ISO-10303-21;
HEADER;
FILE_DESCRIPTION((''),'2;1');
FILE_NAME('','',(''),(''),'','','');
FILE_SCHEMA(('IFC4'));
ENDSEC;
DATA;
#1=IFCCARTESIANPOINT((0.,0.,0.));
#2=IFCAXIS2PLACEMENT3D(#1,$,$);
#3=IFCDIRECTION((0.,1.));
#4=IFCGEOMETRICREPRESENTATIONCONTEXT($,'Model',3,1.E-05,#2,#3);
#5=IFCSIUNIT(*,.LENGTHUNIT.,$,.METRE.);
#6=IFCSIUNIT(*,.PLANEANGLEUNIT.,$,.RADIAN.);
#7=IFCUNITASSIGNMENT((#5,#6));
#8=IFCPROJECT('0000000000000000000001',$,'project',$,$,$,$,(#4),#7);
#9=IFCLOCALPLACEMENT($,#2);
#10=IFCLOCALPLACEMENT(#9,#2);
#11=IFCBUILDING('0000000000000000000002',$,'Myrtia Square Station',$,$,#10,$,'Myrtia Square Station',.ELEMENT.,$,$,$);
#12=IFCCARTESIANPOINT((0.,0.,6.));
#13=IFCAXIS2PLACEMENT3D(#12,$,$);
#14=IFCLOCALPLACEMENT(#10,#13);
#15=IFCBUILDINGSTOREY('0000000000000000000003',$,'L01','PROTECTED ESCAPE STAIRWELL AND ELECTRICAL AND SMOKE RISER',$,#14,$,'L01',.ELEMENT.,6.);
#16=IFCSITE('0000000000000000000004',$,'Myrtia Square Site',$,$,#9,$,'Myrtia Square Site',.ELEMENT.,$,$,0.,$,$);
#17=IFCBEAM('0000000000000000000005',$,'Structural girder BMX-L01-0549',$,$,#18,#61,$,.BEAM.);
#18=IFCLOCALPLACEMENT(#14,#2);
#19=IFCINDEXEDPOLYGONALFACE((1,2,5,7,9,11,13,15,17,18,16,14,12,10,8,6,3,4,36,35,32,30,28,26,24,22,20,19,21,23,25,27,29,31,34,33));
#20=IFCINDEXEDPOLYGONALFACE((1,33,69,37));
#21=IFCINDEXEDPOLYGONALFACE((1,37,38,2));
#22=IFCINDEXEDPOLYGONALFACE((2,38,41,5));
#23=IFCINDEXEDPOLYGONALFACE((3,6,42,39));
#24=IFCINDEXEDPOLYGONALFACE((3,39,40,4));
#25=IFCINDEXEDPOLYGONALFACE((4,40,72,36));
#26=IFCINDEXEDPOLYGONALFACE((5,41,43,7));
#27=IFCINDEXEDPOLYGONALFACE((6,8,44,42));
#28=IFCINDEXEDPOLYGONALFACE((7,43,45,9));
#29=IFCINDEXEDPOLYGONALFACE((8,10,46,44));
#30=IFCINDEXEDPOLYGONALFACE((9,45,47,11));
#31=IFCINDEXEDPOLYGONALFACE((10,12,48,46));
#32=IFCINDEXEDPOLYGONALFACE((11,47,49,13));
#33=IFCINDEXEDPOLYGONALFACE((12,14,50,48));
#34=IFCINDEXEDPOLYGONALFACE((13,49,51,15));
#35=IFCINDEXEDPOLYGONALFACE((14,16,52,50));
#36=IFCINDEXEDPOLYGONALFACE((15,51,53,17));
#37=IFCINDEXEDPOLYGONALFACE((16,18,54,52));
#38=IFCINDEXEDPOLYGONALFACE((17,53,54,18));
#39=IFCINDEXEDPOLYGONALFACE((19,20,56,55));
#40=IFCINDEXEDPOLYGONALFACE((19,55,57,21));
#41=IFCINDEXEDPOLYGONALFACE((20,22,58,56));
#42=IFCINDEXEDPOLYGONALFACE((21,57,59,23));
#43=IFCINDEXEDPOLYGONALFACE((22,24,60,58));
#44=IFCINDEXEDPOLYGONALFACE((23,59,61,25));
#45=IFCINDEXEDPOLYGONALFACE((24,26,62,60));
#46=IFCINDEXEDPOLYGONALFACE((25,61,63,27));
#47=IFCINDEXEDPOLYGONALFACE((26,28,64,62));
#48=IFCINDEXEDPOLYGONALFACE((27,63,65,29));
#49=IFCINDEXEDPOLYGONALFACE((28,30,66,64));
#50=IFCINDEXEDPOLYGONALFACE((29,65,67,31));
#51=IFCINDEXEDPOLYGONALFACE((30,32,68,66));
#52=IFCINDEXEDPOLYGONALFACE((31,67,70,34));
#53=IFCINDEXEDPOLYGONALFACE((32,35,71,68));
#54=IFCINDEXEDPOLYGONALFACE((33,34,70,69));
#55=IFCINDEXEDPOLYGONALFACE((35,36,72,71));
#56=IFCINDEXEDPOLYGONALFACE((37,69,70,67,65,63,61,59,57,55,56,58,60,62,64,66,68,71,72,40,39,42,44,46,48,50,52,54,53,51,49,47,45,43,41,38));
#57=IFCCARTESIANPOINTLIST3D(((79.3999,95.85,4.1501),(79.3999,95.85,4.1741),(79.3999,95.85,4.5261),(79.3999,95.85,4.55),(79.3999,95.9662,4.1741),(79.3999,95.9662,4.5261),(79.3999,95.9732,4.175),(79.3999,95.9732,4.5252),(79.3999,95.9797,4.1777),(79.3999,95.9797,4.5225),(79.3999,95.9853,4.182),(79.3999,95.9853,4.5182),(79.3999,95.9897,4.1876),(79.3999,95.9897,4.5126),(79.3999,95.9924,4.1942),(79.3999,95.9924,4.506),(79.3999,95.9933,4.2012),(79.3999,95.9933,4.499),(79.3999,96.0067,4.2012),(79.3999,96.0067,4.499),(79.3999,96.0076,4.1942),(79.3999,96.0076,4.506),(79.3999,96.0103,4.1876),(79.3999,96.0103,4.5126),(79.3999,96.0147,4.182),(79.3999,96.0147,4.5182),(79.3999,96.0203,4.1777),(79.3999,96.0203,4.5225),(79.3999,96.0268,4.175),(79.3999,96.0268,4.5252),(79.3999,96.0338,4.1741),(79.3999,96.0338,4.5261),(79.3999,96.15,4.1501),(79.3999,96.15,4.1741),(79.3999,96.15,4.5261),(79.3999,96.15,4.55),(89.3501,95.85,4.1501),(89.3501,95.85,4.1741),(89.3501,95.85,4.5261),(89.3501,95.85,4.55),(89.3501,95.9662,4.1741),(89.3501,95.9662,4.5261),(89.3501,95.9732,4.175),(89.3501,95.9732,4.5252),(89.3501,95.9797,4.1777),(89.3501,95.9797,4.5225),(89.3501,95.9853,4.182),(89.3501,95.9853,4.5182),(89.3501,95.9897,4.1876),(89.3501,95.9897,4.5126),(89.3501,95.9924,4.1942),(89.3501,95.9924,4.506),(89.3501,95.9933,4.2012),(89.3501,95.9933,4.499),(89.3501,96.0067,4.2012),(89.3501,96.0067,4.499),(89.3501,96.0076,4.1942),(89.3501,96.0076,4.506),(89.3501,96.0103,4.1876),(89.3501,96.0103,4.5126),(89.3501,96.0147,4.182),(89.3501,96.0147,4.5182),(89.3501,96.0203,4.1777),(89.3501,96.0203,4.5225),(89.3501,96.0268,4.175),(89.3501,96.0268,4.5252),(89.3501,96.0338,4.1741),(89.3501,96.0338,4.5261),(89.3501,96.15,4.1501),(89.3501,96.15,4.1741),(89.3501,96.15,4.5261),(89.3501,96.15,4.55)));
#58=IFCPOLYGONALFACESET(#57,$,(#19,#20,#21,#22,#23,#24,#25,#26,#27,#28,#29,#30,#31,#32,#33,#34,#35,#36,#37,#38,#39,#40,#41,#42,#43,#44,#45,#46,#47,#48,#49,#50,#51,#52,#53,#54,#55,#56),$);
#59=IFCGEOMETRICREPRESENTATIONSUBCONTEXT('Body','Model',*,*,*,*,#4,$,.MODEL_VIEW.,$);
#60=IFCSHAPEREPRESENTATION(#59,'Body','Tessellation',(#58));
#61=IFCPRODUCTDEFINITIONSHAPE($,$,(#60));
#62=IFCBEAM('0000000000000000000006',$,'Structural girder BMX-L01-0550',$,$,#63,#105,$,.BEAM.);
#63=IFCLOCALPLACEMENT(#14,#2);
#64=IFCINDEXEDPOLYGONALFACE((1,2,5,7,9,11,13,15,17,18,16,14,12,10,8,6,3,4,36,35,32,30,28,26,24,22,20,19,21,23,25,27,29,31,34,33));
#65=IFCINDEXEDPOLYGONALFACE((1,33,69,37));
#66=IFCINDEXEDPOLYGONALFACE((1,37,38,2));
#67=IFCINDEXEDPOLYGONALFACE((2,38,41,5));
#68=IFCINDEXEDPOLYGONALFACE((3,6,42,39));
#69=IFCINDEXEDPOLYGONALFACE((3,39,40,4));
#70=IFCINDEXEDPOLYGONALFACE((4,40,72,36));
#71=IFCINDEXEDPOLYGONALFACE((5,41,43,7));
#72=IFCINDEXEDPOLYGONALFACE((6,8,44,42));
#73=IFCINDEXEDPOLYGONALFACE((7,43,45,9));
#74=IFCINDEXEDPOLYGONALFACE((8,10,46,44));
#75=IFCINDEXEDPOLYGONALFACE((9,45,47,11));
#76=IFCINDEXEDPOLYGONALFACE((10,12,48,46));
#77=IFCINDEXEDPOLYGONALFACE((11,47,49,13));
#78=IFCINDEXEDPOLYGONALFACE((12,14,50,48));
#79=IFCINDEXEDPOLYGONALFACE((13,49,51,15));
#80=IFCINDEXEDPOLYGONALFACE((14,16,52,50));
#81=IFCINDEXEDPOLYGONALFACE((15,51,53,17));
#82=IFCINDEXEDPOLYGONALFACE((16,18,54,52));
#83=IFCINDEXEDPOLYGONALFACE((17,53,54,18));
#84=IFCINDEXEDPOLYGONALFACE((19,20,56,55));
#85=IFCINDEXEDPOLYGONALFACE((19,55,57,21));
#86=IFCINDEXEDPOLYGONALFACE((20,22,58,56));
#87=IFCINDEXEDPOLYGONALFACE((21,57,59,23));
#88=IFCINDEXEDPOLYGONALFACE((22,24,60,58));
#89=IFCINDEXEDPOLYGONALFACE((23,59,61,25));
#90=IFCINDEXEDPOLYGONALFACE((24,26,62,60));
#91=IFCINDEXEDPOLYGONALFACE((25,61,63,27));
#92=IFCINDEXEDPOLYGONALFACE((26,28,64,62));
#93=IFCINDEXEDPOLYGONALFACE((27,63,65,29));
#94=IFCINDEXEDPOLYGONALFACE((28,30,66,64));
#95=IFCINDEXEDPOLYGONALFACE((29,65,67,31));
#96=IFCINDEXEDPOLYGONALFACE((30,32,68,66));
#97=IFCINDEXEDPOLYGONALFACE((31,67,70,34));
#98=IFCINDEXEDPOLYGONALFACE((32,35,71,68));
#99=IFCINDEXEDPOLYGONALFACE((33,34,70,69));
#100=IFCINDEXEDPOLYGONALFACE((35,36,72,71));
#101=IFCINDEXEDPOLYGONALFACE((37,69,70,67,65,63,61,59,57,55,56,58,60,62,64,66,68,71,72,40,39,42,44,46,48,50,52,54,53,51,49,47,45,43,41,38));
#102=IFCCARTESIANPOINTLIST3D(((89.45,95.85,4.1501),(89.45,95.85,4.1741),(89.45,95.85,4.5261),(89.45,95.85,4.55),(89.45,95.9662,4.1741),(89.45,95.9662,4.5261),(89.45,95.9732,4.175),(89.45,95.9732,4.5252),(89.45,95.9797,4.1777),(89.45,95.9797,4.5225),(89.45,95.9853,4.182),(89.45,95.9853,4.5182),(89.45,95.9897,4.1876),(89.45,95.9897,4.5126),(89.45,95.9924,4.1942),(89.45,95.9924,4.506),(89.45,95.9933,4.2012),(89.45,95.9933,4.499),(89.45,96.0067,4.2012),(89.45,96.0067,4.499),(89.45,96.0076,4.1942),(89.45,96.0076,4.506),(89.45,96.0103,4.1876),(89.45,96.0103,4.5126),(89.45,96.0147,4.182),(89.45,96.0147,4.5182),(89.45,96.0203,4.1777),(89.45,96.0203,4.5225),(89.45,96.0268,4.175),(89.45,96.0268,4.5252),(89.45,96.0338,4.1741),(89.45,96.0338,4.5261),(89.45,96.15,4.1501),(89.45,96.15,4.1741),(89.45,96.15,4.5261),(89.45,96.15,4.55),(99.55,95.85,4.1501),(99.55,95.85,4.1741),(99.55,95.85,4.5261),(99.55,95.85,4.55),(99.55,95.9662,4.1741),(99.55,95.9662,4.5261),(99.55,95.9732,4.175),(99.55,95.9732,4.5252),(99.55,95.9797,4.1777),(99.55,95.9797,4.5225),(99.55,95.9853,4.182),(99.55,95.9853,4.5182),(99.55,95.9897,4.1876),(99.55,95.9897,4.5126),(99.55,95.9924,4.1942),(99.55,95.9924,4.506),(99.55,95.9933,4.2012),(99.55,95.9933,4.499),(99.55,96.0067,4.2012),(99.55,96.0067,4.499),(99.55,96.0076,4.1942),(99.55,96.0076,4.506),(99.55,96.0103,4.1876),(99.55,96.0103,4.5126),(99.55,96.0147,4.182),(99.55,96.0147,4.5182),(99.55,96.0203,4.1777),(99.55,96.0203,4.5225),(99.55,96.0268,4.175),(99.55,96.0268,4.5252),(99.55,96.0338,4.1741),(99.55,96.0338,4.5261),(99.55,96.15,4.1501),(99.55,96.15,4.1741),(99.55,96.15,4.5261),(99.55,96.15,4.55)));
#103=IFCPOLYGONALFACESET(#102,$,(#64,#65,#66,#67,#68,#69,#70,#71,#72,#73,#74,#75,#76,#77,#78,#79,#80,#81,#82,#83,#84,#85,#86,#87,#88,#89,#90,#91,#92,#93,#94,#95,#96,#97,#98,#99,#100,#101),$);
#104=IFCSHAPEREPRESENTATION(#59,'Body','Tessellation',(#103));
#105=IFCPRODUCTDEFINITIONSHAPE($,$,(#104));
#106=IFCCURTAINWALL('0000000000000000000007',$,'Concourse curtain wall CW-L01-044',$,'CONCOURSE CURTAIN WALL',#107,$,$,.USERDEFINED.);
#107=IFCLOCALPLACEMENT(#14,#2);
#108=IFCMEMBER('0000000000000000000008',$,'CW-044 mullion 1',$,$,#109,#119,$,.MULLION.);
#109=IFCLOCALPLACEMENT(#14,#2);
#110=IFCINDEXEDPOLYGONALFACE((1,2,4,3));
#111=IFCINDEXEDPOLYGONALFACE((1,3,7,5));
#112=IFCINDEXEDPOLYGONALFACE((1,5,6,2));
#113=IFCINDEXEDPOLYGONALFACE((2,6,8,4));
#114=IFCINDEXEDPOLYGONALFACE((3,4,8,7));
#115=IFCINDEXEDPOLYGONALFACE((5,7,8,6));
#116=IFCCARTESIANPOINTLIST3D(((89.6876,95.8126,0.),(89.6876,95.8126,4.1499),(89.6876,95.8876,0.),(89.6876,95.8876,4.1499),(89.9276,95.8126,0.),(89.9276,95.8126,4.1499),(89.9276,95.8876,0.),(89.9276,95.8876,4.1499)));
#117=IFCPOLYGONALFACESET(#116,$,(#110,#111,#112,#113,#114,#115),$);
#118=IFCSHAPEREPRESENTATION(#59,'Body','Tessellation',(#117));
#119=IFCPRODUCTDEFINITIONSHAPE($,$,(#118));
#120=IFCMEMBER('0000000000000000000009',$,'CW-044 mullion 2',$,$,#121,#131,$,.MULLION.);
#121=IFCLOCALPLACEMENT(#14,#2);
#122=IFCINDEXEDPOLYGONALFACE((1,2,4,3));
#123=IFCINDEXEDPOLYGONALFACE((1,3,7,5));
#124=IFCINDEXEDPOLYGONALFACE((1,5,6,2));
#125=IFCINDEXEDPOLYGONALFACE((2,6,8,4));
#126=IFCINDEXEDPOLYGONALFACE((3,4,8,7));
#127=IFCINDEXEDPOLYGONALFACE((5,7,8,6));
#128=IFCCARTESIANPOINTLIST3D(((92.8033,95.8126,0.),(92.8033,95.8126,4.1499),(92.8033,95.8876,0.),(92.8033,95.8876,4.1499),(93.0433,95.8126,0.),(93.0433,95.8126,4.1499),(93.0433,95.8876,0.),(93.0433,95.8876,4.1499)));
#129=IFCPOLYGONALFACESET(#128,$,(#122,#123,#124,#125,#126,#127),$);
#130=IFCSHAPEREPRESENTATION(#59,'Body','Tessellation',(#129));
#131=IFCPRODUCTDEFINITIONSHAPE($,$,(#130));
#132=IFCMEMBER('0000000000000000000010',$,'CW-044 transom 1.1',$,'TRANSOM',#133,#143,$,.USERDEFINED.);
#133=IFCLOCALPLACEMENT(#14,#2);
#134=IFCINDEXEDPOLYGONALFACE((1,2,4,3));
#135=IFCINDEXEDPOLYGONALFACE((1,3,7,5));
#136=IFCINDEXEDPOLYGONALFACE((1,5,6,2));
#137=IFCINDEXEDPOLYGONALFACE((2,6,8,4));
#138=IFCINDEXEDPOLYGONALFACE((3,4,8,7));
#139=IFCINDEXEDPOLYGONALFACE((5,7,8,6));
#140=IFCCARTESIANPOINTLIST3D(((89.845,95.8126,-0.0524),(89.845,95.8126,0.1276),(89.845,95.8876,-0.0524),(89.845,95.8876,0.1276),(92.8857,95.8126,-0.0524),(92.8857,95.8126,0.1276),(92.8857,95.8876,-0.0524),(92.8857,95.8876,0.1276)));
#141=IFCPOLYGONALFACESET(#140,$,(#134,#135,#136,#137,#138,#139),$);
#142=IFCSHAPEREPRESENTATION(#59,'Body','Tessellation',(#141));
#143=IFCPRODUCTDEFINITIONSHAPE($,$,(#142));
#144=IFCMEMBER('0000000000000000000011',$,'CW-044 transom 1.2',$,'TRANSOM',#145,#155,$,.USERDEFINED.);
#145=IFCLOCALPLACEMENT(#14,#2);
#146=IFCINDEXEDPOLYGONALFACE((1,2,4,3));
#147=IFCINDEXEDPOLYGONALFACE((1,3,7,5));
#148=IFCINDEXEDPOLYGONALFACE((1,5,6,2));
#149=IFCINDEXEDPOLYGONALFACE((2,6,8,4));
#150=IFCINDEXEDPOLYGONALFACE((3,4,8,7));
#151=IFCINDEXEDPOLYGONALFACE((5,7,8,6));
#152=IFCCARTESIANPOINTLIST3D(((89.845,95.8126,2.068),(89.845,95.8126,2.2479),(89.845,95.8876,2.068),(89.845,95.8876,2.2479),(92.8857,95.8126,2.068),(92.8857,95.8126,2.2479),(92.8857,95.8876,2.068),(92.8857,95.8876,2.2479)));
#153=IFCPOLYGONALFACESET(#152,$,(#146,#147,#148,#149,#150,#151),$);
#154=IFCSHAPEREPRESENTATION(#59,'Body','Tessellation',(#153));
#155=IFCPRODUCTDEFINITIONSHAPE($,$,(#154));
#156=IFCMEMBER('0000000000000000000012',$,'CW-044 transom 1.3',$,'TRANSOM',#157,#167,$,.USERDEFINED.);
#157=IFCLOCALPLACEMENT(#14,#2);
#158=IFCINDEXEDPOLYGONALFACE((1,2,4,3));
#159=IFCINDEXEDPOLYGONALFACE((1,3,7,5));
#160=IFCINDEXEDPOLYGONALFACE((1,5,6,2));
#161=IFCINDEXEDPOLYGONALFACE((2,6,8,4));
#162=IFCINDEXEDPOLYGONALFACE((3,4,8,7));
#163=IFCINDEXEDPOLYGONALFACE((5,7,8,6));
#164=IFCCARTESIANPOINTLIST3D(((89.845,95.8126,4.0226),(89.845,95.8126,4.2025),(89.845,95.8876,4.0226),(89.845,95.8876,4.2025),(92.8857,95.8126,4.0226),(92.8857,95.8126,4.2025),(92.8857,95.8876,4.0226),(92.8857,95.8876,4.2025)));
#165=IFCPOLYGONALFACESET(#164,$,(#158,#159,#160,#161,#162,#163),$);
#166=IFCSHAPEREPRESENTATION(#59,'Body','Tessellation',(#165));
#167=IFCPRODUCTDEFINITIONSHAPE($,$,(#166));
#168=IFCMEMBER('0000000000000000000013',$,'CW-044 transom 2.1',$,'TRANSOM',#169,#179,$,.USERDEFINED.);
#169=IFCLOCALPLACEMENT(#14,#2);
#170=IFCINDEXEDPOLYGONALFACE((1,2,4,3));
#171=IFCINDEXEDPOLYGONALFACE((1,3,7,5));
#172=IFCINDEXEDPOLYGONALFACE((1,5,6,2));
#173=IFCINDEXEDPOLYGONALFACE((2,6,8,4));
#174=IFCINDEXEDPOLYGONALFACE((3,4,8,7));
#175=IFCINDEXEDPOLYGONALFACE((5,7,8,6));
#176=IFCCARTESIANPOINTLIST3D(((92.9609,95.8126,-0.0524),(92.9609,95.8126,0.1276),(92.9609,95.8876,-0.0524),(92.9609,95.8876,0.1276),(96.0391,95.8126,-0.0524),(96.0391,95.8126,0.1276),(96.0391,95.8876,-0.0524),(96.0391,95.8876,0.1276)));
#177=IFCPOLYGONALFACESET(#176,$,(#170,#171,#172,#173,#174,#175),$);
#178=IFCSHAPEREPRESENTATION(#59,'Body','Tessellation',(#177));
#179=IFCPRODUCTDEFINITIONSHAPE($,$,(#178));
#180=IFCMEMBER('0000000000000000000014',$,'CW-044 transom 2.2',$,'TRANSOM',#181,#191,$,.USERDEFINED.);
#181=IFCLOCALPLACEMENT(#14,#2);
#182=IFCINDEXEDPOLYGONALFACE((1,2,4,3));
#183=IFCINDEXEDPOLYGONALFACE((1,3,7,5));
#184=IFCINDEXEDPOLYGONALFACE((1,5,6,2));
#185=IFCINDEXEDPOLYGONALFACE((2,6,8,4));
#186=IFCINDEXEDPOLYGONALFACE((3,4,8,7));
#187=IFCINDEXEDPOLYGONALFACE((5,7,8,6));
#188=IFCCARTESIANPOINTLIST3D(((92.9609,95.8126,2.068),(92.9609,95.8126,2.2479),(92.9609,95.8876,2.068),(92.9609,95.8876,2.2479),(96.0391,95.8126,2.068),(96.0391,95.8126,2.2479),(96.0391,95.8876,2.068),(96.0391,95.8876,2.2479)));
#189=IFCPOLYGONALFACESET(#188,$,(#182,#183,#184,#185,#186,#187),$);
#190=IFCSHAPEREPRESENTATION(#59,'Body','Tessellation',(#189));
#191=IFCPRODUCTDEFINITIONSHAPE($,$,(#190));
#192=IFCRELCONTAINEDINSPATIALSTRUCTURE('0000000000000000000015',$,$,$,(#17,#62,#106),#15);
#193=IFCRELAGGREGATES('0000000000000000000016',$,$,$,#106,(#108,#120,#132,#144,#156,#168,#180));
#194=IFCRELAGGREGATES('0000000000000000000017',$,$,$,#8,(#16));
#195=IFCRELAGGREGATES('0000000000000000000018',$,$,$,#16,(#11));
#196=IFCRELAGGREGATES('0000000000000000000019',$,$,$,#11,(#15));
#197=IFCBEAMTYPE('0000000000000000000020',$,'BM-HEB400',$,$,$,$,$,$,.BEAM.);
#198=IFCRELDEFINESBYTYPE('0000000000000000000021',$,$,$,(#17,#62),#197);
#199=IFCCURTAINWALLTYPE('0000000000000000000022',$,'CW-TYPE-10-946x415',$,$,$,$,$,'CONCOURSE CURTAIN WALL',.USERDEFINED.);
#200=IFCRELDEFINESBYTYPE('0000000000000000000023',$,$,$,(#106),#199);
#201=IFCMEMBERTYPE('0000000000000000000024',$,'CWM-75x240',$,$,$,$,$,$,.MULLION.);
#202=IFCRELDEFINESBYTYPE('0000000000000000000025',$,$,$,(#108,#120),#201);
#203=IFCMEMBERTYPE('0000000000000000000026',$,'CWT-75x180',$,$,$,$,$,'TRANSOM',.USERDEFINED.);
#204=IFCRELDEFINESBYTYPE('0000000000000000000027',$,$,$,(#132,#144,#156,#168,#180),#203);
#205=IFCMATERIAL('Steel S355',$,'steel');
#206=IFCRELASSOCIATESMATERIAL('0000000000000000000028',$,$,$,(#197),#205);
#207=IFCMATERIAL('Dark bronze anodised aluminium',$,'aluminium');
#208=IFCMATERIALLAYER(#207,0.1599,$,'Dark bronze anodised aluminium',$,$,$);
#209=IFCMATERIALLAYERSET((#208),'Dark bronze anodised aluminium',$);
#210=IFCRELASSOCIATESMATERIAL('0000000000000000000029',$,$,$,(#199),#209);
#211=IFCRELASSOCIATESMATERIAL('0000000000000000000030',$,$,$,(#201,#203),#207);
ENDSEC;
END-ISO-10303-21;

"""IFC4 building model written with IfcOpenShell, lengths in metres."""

from ifc_helpers import new_model, si_unit, direction, frame, origin, origin_2d, place, context, subcontext, project, spatial, rectangle, i_section, extrude, material, layer, layer_set, material_profile, profile_set, type_object, element, aggregate, save


model = new_model("IFC4")

# Units and contexts
model_context = context("Model", 3, precision=1e-05, world=origin(), true_north=direction((0.0, 1.0)))
body_context = subcontext(model_context, "Body", "Model", "MODEL_VIEW")
ifc_project = project(units=[si_unit("LENGTHUNIT", "METRE"), si_unit("PLANEANGLEUNIT", "RADIAN")], contexts=[model_context])

# Site, building, storey
site_placement = place(None, origin())
site = spatial("IfcSite", under=ifc_project, at=site_placement, Name="Myrtia Square Site", LongName="Myrtia Square Site", CompositionType="ELEMENT", RefElevation=0.0)
building_placement = place(site_placement, origin())
building = spatial("IfcBuilding", under=site, at=building_placement, Name="Myrtia Square Station", LongName="Myrtia Square Station", CompositionType="ELEMENT")
storey_placement = place(building_placement, frame((0.0, 0.0, 6.0)))
storey = spatial("IfcBuildingStorey", under=building, at=storey_placement, Name="L01", Description="PROTECTED ESCAPE STAIRWELL AND ELECTRICAL AND SMOKE RISER", LongName="L01", CompositionType="ELEMENT", Elevation=6.0)

# Shared definitions
ifc_material_1 = material(Name="Steel S355", Category="steel")

# Beams
ifc_material_profile_1 = material_profile(ifc_material_1, i_section(OverallWidth=0.3, OverallDepth=0.3999, WebThickness=0.0134, FlangeThickness=0.0239, FilletRadius=0.0271, at=origin_2d()), Name="HEB 400")
ifc_profile_set_1 = profile_set([ifc_material_profile_1], Name="Steel S355")
beam_type = type_object("IfcBeamType", Name="BM-HEB400", PredefinedType="BEAM", material=ifc_profile_set_1)
beam_1_placement = place(storey_placement, frame((79.3999, 96.0, 4.3501), z_axis=(1.0, 0.0, 0.0), x_axis=(0.0, 1.0, 0.0)))
element("IfcBeam", 1, at=beam_1_placement, inside=storey, type_object=beam_type, Name="Structural girder BMX-L01-0549", PredefinedType="BEAM", context=body_context, shape_type="SweptSolid", body=[
    extrude(i_section(OverallWidth=0.3, OverallDepth=0.3999, WebThickness=0.0134, FlangeThickness=0.0239, FilletRadius=0.0271, at=origin_2d()), origin(), (0.0, 0.0, 1.0), 9.9502),
])
beam_2_placement = place(storey_placement, frame((89.45, 96.0, 4.3501), z_axis=(1.0, 0.0, 0.0), x_axis=(0.0, 1.0, 0.0)))
element("IfcBeam", 2, at=beam_2_placement, inside=storey, type_object=beam_type, Name="Structural girder BMX-L01-0550", PredefinedType="BEAM", context=body_context, shape_type="SweptSolid", body=[
    extrude(i_section(OverallWidth=0.3, OverallDepth=0.3999, WebThickness=0.0134, FlangeThickness=0.0239, FilletRadius=0.0271, at=origin_2d()), origin(), (0.0, 0.0, 1.0), 10.1001),
])

# Curtain wall, members
ifc_material_2 = material(Name="Dark bronze anodised aluminium", Category="aluminium")
ifc_layer_1 = layer(ifc_material_2, 0.1599, Name="Dark bronze anodised aluminium")
ifc_layer_set_1 = layer_set([ifc_layer_1], Name="Dark bronze anodised aluminium")
curtain_wall_type = type_object("IfcCurtainWallType", Name="CW-TYPE-10-946x415", ElementType="CONCOURSE CURTAIN WALL", PredefinedType="USERDEFINED", material=ifc_layer_set_1)
curtain_wall_placement = place(storey_placement, origin())
curtain_wall = element("IfcCurtainWall", 3, at=curtain_wall_placement, inside=storey, type_object=curtain_wall_type, Name="Concourse curtain wall CW-L01-044", ObjectType="CONCOURSE CURTAIN WALL", PredefinedType="USERDEFINED")
ifc_material_profile_2 = material_profile(ifc_material_2, rectangle(XDim=0.075, YDim=0.24, at=origin_2d()), Name="ALU-M 75x240")
ifc_profile_set_2 = profile_set([ifc_material_profile_2], Name="Dark bronze anodised aluminium")
member_type_1 = type_object("IfcMemberType", Name="CWM-75x240", PredefinedType="MULLION", material=ifc_profile_set_2)
member_1_placement = place(storey_placement, frame((89.8076, 95.8501, 0.0), z_axis=(0.0, 0.0, 1.0), x_axis=(0.0, 1.0, 0.0)))
member_1 = element("IfcMember", 4, at=member_1_placement, type_object=member_type_1, Name="CW-044 mullion 1", PredefinedType="MULLION", context=body_context, shape_type="SweptSolid", body=[
    extrude(rectangle(XDim=0.075, YDim=0.24, at=origin_2d()), origin(), (0.0, 0.0, 1.0), 4.1499),
])
member_2_placement = place(storey_placement, frame((92.9233, 95.8501, 0.0), z_axis=(0.0, 0.0, 1.0), x_axis=(0.0, 1.0, 0.0)))
member_2 = element("IfcMember", 5, at=member_2_placement, type_object=member_type_1, Name="CW-044 mullion 2", PredefinedType="MULLION", context=body_context, shape_type="SweptSolid", body=[
    extrude(rectangle(XDim=0.075, YDim=0.24, at=origin_2d()), origin(), (0.0, 0.0, 1.0), 4.1499),
])
ifc_material_profile_3 = material_profile(ifc_material_2, rectangle(XDim=0.075, YDim=0.1799, at=origin_2d()), Name="ALU-T 75x180")
ifc_profile_set_3 = profile_set([ifc_material_profile_3], Name="Dark bronze anodised aluminium")
member_type_2 = type_object("IfcMemberType", Name="CWT-75x180", ElementType="TRANSOM", PredefinedType="USERDEFINED", material=ifc_profile_set_3)
member_3_placement = place(storey_placement, frame((89.845, 95.8501, 0.0376), z_axis=(1.0, 0.0, 0.0), x_axis=(0.0, 1.0, 0.0)))
member_3 = element("IfcMember", 6, at=member_3_placement, type_object=member_type_2, Name="CW-044 transom 1.1", ObjectType="TRANSOM", PredefinedType="USERDEFINED", context=body_context, shape_type="SweptSolid", body=[
    extrude(rectangle(XDim=0.075, YDim=0.1799, at=origin_2d()), origin(), (0.0, 0.0, 1.0), 3.0408),
])
member_4_placement = place(storey_placement, frame((89.845, 95.8501, 2.158), z_axis=(1.0, 0.0, 0.0), x_axis=(0.0, 1.0, 0.0)))
member_4 = element("IfcMember", 7, at=member_4_placement, type_object=member_type_2, Name="CW-044 transom 1.2", ObjectType="TRANSOM", PredefinedType="USERDEFINED", context=body_context, shape_type="SweptSolid", body=[
    extrude(rectangle(XDim=0.075, YDim=0.1799, at=origin_2d()), origin(), (0.0, 0.0, 1.0), 3.0408),
])
member_5_placement = place(storey_placement, frame((89.845, 95.8501, 4.1125), z_axis=(1.0, 0.0, 0.0), x_axis=(0.0, 1.0, 0.0)))
member_5 = element("IfcMember", 8, at=member_5_placement, type_object=member_type_2, Name="CW-044 transom 1.3", ObjectType="TRANSOM", PredefinedType="USERDEFINED", context=body_context, shape_type="SweptSolid", body=[
    extrude(rectangle(XDim=0.075, YDim=0.1799, at=origin_2d()), origin(), (0.0, 0.0, 1.0), 3.0408),
])
member_6_placement = place(storey_placement, frame((92.9609, 95.8501, 0.0376), z_axis=(1.0, 0.0, 0.0), x_axis=(0.0, 1.0, 0.0)))
member_6 = element("IfcMember", 9, at=member_6_placement, type_object=member_type_2, Name="CW-044 transom 2.1", ObjectType="TRANSOM", PredefinedType="USERDEFINED", context=body_context, shape_type="SweptSolid", body=[
    extrude(rectangle(XDim=0.075, YDim=0.1799, at=origin_2d()), origin(), (0.0, 0.0, 1.0), 3.0781),
])
member_7_placement = place(storey_placement, frame((92.9609, 95.8501, 2.158), z_axis=(1.0, 0.0, 0.0), x_axis=(0.0, 1.0, 0.0)))
member_7 = element("IfcMember", 10, at=member_7_placement, type_object=member_type_2, Name="CW-044 transom 2.2", ObjectType="TRANSOM", PredefinedType="USERDEFINED", context=body_context, shape_type="SweptSolid", body=[
    extrude(rectangle(XDim=0.075, YDim=0.1799, at=origin_2d()), origin(), (0.0, 0.0, 1.0), 3.0781),
])
aggregate(curtain_wall, [member_1, member_2, member_3, member_4, member_5, member_6, member_7])

save(model, "model.ifc")
